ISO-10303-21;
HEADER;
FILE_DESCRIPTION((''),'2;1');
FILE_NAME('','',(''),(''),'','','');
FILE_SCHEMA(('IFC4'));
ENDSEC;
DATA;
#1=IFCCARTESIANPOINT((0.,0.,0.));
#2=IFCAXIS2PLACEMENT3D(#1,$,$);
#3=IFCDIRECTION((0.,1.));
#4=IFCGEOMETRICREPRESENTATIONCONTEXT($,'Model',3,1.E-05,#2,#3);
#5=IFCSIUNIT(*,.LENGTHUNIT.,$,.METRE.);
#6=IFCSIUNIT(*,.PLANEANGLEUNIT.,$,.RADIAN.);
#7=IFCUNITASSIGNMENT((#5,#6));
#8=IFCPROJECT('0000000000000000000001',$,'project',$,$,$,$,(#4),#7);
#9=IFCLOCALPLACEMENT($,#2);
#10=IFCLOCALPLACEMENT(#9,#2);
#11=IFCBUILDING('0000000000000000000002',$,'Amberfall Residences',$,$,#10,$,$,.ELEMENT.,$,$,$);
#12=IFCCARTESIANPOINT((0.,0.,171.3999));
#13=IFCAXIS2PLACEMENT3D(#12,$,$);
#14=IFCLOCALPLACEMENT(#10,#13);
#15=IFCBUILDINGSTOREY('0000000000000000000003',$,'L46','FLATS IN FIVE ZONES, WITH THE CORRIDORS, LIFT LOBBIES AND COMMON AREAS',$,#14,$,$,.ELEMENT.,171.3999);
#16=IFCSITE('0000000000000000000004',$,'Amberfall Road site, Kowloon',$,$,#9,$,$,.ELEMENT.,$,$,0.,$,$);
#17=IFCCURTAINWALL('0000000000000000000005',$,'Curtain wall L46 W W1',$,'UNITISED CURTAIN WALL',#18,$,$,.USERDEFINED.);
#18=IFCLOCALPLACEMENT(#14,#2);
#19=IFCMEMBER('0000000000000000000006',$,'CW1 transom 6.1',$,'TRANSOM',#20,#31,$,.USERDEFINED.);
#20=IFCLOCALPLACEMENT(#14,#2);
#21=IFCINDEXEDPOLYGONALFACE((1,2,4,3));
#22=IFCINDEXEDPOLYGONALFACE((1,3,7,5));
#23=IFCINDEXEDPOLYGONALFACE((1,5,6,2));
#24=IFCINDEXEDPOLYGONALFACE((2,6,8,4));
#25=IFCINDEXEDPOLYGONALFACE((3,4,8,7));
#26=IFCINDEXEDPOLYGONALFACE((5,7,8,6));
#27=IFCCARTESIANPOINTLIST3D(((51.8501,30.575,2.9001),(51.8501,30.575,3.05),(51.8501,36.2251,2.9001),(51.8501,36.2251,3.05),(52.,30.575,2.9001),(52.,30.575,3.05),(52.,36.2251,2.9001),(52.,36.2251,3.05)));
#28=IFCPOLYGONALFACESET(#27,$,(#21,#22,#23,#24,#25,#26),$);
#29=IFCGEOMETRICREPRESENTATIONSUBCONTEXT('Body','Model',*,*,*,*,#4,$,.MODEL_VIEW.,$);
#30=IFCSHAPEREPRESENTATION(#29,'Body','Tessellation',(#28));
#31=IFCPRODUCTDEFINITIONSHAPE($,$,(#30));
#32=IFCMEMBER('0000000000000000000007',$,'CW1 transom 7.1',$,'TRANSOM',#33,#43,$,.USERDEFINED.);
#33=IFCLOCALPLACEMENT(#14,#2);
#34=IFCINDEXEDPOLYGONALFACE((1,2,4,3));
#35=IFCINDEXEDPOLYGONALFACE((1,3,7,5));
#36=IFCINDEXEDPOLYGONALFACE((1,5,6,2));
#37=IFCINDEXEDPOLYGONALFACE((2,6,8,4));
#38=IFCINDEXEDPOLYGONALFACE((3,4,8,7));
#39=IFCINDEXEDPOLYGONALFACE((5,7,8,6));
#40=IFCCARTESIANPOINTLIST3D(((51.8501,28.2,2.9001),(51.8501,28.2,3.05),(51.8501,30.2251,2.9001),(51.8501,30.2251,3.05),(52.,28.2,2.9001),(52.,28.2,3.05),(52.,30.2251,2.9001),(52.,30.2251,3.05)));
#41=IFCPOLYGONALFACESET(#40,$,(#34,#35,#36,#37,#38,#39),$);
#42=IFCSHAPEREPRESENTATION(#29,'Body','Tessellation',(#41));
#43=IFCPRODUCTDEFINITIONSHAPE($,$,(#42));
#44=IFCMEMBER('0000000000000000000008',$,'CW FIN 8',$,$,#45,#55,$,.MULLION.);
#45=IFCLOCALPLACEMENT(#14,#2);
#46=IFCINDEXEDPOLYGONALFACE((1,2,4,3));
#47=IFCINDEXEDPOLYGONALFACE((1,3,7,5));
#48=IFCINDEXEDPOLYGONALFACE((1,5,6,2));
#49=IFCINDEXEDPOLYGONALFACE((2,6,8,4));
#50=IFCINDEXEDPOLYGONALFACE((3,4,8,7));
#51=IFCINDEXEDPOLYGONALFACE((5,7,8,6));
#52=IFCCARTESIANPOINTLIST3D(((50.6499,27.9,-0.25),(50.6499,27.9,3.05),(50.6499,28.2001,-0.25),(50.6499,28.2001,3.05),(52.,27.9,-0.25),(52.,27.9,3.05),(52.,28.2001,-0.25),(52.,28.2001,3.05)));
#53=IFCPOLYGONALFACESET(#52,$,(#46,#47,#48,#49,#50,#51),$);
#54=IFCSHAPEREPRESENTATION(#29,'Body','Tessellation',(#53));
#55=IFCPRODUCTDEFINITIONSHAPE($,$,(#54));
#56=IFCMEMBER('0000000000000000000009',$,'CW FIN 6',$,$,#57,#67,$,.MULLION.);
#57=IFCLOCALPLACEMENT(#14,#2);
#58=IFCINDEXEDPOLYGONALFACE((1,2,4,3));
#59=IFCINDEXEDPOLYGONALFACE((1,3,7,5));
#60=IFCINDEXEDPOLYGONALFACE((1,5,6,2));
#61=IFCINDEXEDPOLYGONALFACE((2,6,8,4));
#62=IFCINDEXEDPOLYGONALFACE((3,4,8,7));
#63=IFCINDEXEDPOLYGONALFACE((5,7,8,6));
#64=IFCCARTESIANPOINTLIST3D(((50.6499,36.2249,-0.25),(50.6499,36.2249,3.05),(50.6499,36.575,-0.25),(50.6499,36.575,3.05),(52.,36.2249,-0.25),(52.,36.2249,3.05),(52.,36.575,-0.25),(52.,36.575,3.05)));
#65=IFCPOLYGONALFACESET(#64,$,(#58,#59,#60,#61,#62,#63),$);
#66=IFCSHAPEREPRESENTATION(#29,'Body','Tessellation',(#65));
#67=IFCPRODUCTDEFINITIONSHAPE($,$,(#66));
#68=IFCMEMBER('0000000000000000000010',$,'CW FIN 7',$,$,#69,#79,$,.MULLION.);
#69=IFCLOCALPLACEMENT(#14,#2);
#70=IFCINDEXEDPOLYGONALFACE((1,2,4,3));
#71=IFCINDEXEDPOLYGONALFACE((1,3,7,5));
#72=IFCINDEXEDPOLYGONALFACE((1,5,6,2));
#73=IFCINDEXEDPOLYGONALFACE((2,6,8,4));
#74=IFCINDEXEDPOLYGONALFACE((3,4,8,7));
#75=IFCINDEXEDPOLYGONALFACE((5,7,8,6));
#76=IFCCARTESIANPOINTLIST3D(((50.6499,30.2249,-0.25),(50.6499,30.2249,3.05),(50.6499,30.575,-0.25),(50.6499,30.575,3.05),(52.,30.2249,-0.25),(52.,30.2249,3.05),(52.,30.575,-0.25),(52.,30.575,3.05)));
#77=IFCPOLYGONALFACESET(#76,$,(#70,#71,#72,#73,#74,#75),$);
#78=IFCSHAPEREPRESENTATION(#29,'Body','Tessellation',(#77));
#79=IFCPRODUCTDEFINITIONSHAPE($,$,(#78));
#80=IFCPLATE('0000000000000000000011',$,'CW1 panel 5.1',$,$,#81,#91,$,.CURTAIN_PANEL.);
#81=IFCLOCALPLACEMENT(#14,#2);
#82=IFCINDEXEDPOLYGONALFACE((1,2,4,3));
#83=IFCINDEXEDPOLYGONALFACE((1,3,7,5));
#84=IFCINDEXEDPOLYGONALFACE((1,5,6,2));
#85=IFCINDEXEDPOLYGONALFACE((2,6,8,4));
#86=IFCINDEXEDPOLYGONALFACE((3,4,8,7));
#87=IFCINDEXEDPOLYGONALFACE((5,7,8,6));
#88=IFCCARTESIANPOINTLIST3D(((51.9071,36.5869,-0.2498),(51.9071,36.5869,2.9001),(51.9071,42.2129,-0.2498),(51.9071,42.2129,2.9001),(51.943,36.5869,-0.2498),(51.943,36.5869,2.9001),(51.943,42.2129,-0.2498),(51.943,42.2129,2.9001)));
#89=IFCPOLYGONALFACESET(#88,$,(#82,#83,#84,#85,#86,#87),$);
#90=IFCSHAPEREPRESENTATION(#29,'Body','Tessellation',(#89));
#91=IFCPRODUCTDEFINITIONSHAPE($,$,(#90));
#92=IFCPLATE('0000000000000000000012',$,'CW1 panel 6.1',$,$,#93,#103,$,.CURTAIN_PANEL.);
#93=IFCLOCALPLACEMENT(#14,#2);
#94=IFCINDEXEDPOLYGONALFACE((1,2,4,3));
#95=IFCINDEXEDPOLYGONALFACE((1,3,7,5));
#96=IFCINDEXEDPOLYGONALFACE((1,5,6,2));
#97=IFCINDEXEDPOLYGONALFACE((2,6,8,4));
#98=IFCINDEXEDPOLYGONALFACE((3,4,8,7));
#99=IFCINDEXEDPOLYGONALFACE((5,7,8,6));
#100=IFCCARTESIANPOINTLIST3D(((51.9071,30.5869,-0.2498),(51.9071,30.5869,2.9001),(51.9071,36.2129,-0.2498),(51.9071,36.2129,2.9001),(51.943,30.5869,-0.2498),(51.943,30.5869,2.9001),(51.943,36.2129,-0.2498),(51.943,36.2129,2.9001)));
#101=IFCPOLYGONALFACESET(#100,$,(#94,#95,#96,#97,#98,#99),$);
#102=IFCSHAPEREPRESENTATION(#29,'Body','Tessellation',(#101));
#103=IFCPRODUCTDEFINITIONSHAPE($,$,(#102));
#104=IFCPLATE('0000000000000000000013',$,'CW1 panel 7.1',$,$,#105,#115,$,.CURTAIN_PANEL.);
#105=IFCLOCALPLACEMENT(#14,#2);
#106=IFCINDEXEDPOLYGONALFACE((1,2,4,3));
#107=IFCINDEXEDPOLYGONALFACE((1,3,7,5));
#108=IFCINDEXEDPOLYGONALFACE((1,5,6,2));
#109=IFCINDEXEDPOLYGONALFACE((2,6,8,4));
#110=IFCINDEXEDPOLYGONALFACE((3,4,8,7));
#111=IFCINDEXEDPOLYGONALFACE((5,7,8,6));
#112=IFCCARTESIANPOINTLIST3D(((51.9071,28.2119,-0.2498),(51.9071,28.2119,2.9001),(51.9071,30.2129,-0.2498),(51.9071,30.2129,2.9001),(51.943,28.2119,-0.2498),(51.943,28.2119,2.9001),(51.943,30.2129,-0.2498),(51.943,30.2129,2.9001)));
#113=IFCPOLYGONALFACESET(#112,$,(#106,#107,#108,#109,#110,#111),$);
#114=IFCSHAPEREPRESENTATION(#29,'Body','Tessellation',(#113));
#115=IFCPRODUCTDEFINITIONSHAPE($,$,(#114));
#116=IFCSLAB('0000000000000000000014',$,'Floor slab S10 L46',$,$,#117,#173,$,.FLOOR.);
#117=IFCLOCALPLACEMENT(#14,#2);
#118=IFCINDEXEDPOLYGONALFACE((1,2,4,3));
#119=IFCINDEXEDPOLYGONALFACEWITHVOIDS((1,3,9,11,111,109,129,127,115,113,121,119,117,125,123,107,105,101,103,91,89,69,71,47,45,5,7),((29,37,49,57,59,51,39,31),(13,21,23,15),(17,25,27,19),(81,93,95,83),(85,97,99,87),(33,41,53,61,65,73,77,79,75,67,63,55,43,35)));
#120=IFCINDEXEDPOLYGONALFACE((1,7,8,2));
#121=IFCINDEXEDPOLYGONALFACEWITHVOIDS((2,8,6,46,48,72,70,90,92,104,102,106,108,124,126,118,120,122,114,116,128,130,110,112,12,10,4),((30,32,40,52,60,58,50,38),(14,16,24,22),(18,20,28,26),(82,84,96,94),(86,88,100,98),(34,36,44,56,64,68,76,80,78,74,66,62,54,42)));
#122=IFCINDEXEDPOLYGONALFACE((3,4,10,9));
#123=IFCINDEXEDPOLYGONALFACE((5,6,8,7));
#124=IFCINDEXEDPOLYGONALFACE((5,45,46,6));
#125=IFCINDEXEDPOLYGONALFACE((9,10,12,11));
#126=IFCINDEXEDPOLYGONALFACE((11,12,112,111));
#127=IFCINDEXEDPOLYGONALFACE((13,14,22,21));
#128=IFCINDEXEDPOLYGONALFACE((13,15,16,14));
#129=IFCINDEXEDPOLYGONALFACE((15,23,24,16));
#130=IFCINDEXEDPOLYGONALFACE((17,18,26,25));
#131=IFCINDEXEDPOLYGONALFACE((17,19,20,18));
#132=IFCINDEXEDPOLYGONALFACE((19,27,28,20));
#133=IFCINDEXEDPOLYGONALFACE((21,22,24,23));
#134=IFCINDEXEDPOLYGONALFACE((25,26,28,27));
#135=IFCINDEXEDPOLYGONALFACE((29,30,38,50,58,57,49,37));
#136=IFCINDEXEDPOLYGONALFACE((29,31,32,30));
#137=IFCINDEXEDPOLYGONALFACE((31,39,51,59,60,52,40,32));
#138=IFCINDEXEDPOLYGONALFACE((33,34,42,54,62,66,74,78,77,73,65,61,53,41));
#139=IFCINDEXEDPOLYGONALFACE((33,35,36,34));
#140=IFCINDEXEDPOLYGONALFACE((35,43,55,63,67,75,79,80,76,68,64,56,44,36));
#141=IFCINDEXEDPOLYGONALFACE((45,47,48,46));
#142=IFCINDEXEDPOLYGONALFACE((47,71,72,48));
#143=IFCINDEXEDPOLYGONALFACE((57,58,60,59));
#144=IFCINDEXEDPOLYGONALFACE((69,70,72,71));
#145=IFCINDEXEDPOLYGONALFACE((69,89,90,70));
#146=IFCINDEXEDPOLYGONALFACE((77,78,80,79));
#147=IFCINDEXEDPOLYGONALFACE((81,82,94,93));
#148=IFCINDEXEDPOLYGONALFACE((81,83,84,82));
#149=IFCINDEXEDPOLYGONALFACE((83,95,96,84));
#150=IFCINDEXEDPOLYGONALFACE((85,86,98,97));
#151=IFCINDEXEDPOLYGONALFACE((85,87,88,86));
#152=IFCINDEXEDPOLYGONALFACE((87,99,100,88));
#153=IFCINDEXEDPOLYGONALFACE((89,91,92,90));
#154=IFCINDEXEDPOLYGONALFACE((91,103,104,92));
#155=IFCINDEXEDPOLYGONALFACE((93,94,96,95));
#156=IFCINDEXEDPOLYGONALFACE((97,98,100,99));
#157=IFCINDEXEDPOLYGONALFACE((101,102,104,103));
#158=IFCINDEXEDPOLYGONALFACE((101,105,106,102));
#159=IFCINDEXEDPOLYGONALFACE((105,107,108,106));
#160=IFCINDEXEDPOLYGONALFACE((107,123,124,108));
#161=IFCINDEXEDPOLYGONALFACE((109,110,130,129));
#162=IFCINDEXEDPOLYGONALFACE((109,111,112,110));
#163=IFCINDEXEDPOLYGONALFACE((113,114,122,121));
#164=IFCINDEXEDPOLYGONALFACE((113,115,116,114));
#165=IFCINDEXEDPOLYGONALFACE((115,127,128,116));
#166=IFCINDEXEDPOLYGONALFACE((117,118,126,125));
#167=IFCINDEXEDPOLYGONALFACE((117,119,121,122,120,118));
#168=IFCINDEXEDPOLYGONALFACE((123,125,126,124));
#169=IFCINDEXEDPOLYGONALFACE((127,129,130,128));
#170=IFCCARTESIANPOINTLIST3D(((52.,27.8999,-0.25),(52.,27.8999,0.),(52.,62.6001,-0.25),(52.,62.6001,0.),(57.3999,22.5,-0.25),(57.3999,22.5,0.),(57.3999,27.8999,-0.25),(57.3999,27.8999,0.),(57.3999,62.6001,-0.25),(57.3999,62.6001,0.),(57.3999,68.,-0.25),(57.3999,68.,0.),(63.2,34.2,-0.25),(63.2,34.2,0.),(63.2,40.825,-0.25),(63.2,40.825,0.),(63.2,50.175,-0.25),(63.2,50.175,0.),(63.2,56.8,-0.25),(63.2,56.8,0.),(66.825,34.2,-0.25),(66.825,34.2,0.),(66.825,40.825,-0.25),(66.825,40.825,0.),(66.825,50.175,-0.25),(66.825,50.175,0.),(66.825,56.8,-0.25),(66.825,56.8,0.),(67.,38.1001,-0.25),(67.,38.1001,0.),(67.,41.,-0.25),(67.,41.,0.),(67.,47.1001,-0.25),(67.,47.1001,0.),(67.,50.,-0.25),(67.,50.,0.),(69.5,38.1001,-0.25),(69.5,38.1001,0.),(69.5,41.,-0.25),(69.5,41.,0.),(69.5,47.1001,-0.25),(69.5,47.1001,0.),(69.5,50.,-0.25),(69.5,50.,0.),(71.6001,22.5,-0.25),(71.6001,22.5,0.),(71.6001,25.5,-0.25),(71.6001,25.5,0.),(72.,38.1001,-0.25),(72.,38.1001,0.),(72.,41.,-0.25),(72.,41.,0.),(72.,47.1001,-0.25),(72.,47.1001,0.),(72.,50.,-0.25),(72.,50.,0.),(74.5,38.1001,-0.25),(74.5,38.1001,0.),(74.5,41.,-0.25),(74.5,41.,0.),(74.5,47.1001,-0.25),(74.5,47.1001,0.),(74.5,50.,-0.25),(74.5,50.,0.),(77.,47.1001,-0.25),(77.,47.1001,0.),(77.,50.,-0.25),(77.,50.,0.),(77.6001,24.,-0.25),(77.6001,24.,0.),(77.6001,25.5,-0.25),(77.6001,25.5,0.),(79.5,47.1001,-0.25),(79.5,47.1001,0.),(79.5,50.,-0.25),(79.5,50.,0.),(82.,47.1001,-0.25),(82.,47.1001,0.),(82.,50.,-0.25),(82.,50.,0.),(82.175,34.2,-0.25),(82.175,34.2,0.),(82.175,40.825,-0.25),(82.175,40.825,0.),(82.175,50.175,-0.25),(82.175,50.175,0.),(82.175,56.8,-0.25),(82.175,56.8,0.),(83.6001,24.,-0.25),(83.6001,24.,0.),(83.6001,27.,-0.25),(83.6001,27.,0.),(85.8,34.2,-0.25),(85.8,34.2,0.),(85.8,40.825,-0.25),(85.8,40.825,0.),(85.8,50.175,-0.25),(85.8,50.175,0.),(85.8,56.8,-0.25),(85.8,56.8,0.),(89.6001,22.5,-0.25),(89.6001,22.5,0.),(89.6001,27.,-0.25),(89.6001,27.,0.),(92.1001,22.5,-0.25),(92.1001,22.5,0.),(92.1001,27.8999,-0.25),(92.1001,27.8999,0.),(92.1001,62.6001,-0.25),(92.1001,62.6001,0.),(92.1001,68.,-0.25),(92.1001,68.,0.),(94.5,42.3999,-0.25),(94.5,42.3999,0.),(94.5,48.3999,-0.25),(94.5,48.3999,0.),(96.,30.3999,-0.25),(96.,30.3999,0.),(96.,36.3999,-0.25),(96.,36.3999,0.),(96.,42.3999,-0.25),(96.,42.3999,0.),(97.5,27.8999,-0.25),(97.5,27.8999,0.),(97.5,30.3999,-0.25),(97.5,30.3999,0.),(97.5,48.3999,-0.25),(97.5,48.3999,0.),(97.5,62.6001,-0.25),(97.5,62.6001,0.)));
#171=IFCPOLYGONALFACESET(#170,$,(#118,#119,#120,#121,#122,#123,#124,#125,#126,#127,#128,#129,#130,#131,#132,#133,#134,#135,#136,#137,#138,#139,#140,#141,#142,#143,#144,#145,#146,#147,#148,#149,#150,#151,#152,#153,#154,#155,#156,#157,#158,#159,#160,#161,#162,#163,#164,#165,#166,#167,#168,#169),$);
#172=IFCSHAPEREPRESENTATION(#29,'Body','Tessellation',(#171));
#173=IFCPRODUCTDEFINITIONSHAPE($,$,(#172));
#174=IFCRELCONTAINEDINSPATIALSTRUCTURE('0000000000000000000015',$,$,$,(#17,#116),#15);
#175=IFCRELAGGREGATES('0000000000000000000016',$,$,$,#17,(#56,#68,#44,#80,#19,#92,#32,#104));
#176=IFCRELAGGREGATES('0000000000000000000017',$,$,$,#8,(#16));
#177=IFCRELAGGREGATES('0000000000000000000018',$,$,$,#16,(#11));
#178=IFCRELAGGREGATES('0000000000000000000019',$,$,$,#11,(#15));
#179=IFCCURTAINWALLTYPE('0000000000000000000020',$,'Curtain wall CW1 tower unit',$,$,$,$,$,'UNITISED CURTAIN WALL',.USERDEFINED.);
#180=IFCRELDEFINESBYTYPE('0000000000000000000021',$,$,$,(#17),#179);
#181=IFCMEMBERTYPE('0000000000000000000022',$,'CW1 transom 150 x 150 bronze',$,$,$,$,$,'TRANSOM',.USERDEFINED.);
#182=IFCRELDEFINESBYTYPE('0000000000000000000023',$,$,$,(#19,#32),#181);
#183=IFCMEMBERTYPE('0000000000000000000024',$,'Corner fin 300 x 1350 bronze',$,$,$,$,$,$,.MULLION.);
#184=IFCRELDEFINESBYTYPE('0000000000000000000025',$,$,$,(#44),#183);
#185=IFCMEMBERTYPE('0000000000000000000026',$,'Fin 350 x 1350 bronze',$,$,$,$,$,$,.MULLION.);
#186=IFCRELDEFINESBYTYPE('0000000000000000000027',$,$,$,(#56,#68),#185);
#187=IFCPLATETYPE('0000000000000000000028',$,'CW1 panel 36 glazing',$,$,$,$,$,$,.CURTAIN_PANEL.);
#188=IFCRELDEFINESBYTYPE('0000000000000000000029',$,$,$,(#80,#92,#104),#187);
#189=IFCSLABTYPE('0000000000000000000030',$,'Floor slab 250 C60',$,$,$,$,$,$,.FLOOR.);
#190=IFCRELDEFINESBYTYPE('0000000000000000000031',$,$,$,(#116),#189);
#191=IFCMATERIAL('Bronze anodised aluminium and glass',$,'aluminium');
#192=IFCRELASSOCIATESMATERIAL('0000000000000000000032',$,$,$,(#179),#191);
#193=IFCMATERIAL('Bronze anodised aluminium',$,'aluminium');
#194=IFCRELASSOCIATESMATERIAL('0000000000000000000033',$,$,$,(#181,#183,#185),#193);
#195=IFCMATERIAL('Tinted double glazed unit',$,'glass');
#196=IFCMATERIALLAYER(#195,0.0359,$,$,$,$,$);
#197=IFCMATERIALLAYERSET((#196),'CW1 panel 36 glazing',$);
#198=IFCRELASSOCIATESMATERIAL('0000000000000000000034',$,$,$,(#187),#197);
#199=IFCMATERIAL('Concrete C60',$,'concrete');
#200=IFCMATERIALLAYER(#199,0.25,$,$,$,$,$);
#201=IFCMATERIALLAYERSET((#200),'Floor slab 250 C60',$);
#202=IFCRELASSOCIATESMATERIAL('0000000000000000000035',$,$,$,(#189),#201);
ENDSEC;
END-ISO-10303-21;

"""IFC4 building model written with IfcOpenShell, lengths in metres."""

from ifc_helpers import new_model, si_unit, direction, frame, origin, origin_2d, place, context, subcontext, project, spatial, polyline, rectangle, outline, extrude, material, layer, layer_set, material_profile, profile_set, type_object, element, aggregate, save


model = new_model("IFC4")

# Units and contexts
model_context = context("Model", 3, precision=1e-05, world=origin(), true_north=direction((0.0, 1.0)))
body_context = subcontext(model_context, "Body", "Model", "MODEL_VIEW")
ifc_project = project(units=[si_unit("LENGTHUNIT", "METRE"), si_unit("PLANEANGLEUNIT", "RADIAN")], contexts=[model_context])

# Site, building, storey
site_placement = place(None, origin())
site = spatial("IfcSite", under=ifc_project, at=site_placement, Name="Amberfall Road site, Kowloon", CompositionType="ELEMENT", RefElevation=0.0)
building_placement = place(site_placement, origin())
building = spatial("IfcBuilding", under=site, at=building_placement, Name="Amberfall Residences", CompositionType="ELEMENT")
storey_placement = place(building_placement, frame((0.0, 0.0, 171.3999)))
storey = spatial("IfcBuildingStorey", under=building, at=storey_placement, Name="L46", Description="FLATS IN FIVE ZONES, WITH THE CORRIDORS, LIFT LOBBIES AND COMMON AREAS", CompositionType="ELEMENT", Elevation=171.3999)

# Curtain wall, members, plates
ifc_material_1 = material(Name="Bronze anodised aluminium and glass", Category="aluminium")
curtain_wall_type = type_object("IfcCurtainWallType", Name="Curtain wall CW1 tower unit", ElementType="UNITISED CURTAIN WALL", PredefinedType="USERDEFINED", material=ifc_material_1)
curtain_wall_placement = place(storey_placement, origin())
curtain_wall = element("IfcCurtainWall", 1, at=curtain_wall_placement, inside=storey, type_object=curtain_wall_type, Name="Curtain wall L46 W W1", ObjectType="UNITISED CURTAIN WALL", PredefinedType="USERDEFINED")
ifc_material_2 = material(Name="Bronze anodised aluminium", Category="aluminium")
ifc_material_profile_1 = material_profile(ifc_material_2, rectangle(XDim=0.1499, YDim=0.1499, at=origin_2d()), Name="CW1 transom 150 x 150 bronze")
ifc_profile_set_1 = profile_set([ifc_material_profile_1], Name="Bronze anodised aluminium")
member_type_1 = type_object("IfcMemberType", Name="CW1 transom 150 x 150 bronze", ElementType="TRANSOM", PredefinedType="USERDEFINED", material=ifc_profile_set_1)
member_1_placement = place(storey_placement, frame((51.925, 36.2251, 2.9751), z_axis=(0.0, -1.0, 0.0), x_axis=(1.0, 0.0, 0.0)))
member_1 = element("IfcMember", 2, at=member_1_placement, type_object=member_type_1, Name="CW1 transom 6.1", ObjectType="TRANSOM", PredefinedType="USERDEFINED", context=body_context, shape_type="SweptSolid", body=[
    extrude(rectangle(XDim=0.1499, YDim=0.1499, at=origin_2d()), origin(), (0.0, 0.0, 1.0), 5.6501),
])
member_2_placement = place(storey_placement, frame((51.925, 30.2251, 2.9751), z_axis=(0.0, -1.0, 0.0), x_axis=(1.0, 0.0, 0.0)))
member_2 = element("IfcMember", 3, at=member_2_placement, type_object=member_type_1, Name="CW1 transom 7.1", ObjectType="TRANSOM", PredefinedType="USERDEFINED", context=body_context, shape_type="SweptSolid", body=[
    extrude(rectangle(XDim=0.1499, YDim=0.1499, at=origin_2d()), origin(), (0.0, 0.0, 1.0), 2.0251),
])
ifc_material_profile_2 = material_profile(ifc_material_2, rectangle(XDim=1.3501, YDim=0.3, at=origin_2d()), Name="Corner fin 300 x 1350 bronze")
ifc_profile_set_2 = profile_set([ifc_material_profile_2], Name="Bronze anodised aluminium")
member_type_2 = type_object("IfcMemberType", Name="Corner fin 300 x 1350 bronze", PredefinedType="MULLION", material=ifc_profile_set_2)
member_3_placement = place(storey_placement, frame((51.325, 28.05, -0.25), z_axis=(0.0, 0.0, 1.0), x_axis=(1.0, 0.0, 0.0)))
member_3 = element("IfcMember", 4, at=member_3_placement, type_object=member_type_2, Name="CW FIN 8", PredefinedType="MULLION", context=body_context, shape_type="SweptSolid", body=[
    extrude(rectangle(XDim=1.3501, YDim=0.3, at=origin_2d()), origin(), (0.0, 0.0, 1.0), 3.3),
])
ifc_material_profile_3 = material_profile(ifc_material_2, rectangle(XDim=1.3501, YDim=0.3501, at=origin_2d()), Name="Fin 350 x 1350 bronze")
ifc_profile_set_3 = profile_set([ifc_material_profile_3], Name="Bronze anodised aluminium")
member_type_3 = type_object("IfcMemberType", Name="Fin 350 x 1350 bronze", PredefinedType="MULLION", material=ifc_profile_set_3)
member_4_placement = place(storey_placement, frame((51.325, 36.3999, -0.25), z_axis=(0.0, 0.0, 1.0), x_axis=(1.0, 0.0, 0.0)))
member_4 = element("IfcMember", 5, at=member_4_placement, type_object=member_type_3, Name="CW FIN 6", PredefinedType="MULLION", context=body_context, shape_type="SweptSolid", body=[
    extrude(rectangle(XDim=1.3501, YDim=0.3501, at=origin_2d()), origin(), (0.0, 0.0, 1.0), 3.3),
])
member_5_placement = place(storey_placement, frame((51.325, 30.3999, -0.25), z_axis=(0.0, 0.0, 1.0), x_axis=(1.0, 0.0, 0.0)))
member_5 = element("IfcMember", 6, at=member_5_placement, type_object=member_type_3, Name="CW FIN 7", PredefinedType="MULLION", context=body_context, shape_type="SweptSolid", body=[
    extrude(rectangle(XDim=1.3501, YDim=0.3501, at=origin_2d()), origin(), (0.0, 0.0, 1.0), 3.3),
])
ifc_material_3 = material(Name="Tinted double glazed unit", Category="glass")
ifc_layer_1 = layer(ifc_material_3, 0.0359)
ifc_layer_set_1 = layer_set([ifc_layer_1], Name="CW1 panel 36 glazing")
plate_type = type_object("IfcPlateType", Name="CW1 panel 36 glazing", PredefinedType="CURTAIN_PANEL", material=ifc_layer_set_1)
plate_1_placement = place(storey_placement, frame((51.925, 39.3999, -0.2498), z_axis=(0.0, 0.0, 1.0), x_axis=(0.0, -1.0, 0.0)))
plate_1 = element("IfcPlate", 7, at=plate_1_placement, type_object=plate_type, Name="CW1 panel 5.1", PredefinedType="CURTAIN_PANEL", context=body_context, shape_type="SweptSolid", body=[
    extrude(rectangle(XDim=5.626, YDim=0.0359, at=origin_2d()), origin(), (0.0, 0.0, 1.0), 3.1499),
])
plate_2_placement = place(storey_placement, frame((51.925, 33.3999, -0.2498), z_axis=(0.0, 0.0, 1.0), x_axis=(0.0, -1.0, 0.0)))
plate_2 = element("IfcPlate", 8, at=plate_2_placement, type_object=plate_type, Name="CW1 panel 6.1", PredefinedType="CURTAIN_PANEL", context=body_context, shape_type="SweptSolid", body=[
    extrude(rectangle(XDim=5.626, YDim=0.0359, at=origin_2d()), origin(), (0.0, 0.0, 1.0), 3.1499),
])
plate_3_placement = place(storey_placement, frame((51.925, 29.2124, -0.2498), z_axis=(0.0, 0.0, 1.0), x_axis=(0.0, -1.0, 0.0)))
plate_3 = element("IfcPlate", 9, at=plate_3_placement, type_object=plate_type, Name="CW1 panel 7.1", PredefinedType="CURTAIN_PANEL", context=body_context, shape_type="SweptSolid", body=[
    extrude(rectangle(XDim=2.001, YDim=0.0359, at=origin_2d()), origin(), (0.0, 0.0, 1.0), 3.1499),
])
aggregate(curtain_wall, [member_4, member_5, member_3, plate_1, member_1, plate_2, member_2, plate_3])

# Slab
ifc_material_4 = material(Name="Concrete C60", Category="concrete")
ifc_layer_2 = layer(ifc_material_4, 0.25)
ifc_layer_set_2 = layer_set([ifc_layer_2], Name="Floor slab 250 C60")
slab_type_1 = type_object("IfcSlabType", Name="Floor slab 250 C60", PredefinedType="FLOOR", material=ifc_layer_set_2)
slab_1_placement = place(storey_placement, frame((0.0, 0.0, -0.25)))
element("IfcSlab", 10, at=slab_1_placement, inside=storey, type_object=slab_type_1, Name="Floor slab S10 L46", PredefinedType="FLOOR", context=body_context, shape_type="SweptSolid", body=[
    extrude(outline(polyline([(89.6001, 22.5), (89.6001, 27.0), (83.6001, 27.0), (83.6001, 24.0), (77.6001, 24.0), (77.6001, 25.5), (71.6001, 25.5), (71.6001, 22.5), (57.3999, 22.5), (57.3999, 27.8999), (52.0, 27.8999), (52.0, 62.6001), (57.3999, 62.6001), (57.3999, 68.0), (92.1001, 68.0), (92.1001, 62.6001), (97.5, 62.6001), (97.5, 48.3999), (94.5, 48.3999), (94.5, 42.3999), (96.0, 42.3999), (96.0, 36.3999), (96.0, 30.3999), (97.5, 30.3999), (97.5, 27.8999), (92.1001, 27.8999), (92.1001, 22.5), (89.6001, 22.5)]), holes=[polyline([(85.8, 34.2), (85.8, 40.825), (82.175, 40.825), (82.175, 34.2), (85.8, 34.2)]), polyline([(85.8, 50.175), (85.8, 56.8), (82.175, 56.8), (82.175, 50.175), (85.8, 50.175)]), polyline([(67.0, 50.0), (67.0, 47.1001), (69.5, 47.1001), (72.0, 47.1001), (74.5, 47.1001), (77.0, 47.1001), (79.5, 47.1001), (82.0, 47.1001), (82.0, 50.0), (79.5, 50.0), (77.0, 50.0), (74.5, 50.0), (72.0, 50.0), (69.5, 50.0), (67.0, 50.0)]), polyline([(69.5, 41.0), (67.0, 41.0), (67.0, 38.1001), (69.5, 38.1001), (72.0, 38.1001), (74.5, 38.1001), (74.5, 41.0), (72.0, 41.0), (69.5, 41.0)]), polyline([(66.825, 40.825), (63.2, 40.825), (63.2, 34.2), (66.825, 34.2), (66.825, 40.825)]), polyline([(66.825, 56.8), (63.2, 56.8), (63.2, 50.175), (66.825, 50.175), (66.825, 56.8)])]), origin(), (0.0, 0.0, 1.0), 0.25),
])

save(model, "model.ifc")
